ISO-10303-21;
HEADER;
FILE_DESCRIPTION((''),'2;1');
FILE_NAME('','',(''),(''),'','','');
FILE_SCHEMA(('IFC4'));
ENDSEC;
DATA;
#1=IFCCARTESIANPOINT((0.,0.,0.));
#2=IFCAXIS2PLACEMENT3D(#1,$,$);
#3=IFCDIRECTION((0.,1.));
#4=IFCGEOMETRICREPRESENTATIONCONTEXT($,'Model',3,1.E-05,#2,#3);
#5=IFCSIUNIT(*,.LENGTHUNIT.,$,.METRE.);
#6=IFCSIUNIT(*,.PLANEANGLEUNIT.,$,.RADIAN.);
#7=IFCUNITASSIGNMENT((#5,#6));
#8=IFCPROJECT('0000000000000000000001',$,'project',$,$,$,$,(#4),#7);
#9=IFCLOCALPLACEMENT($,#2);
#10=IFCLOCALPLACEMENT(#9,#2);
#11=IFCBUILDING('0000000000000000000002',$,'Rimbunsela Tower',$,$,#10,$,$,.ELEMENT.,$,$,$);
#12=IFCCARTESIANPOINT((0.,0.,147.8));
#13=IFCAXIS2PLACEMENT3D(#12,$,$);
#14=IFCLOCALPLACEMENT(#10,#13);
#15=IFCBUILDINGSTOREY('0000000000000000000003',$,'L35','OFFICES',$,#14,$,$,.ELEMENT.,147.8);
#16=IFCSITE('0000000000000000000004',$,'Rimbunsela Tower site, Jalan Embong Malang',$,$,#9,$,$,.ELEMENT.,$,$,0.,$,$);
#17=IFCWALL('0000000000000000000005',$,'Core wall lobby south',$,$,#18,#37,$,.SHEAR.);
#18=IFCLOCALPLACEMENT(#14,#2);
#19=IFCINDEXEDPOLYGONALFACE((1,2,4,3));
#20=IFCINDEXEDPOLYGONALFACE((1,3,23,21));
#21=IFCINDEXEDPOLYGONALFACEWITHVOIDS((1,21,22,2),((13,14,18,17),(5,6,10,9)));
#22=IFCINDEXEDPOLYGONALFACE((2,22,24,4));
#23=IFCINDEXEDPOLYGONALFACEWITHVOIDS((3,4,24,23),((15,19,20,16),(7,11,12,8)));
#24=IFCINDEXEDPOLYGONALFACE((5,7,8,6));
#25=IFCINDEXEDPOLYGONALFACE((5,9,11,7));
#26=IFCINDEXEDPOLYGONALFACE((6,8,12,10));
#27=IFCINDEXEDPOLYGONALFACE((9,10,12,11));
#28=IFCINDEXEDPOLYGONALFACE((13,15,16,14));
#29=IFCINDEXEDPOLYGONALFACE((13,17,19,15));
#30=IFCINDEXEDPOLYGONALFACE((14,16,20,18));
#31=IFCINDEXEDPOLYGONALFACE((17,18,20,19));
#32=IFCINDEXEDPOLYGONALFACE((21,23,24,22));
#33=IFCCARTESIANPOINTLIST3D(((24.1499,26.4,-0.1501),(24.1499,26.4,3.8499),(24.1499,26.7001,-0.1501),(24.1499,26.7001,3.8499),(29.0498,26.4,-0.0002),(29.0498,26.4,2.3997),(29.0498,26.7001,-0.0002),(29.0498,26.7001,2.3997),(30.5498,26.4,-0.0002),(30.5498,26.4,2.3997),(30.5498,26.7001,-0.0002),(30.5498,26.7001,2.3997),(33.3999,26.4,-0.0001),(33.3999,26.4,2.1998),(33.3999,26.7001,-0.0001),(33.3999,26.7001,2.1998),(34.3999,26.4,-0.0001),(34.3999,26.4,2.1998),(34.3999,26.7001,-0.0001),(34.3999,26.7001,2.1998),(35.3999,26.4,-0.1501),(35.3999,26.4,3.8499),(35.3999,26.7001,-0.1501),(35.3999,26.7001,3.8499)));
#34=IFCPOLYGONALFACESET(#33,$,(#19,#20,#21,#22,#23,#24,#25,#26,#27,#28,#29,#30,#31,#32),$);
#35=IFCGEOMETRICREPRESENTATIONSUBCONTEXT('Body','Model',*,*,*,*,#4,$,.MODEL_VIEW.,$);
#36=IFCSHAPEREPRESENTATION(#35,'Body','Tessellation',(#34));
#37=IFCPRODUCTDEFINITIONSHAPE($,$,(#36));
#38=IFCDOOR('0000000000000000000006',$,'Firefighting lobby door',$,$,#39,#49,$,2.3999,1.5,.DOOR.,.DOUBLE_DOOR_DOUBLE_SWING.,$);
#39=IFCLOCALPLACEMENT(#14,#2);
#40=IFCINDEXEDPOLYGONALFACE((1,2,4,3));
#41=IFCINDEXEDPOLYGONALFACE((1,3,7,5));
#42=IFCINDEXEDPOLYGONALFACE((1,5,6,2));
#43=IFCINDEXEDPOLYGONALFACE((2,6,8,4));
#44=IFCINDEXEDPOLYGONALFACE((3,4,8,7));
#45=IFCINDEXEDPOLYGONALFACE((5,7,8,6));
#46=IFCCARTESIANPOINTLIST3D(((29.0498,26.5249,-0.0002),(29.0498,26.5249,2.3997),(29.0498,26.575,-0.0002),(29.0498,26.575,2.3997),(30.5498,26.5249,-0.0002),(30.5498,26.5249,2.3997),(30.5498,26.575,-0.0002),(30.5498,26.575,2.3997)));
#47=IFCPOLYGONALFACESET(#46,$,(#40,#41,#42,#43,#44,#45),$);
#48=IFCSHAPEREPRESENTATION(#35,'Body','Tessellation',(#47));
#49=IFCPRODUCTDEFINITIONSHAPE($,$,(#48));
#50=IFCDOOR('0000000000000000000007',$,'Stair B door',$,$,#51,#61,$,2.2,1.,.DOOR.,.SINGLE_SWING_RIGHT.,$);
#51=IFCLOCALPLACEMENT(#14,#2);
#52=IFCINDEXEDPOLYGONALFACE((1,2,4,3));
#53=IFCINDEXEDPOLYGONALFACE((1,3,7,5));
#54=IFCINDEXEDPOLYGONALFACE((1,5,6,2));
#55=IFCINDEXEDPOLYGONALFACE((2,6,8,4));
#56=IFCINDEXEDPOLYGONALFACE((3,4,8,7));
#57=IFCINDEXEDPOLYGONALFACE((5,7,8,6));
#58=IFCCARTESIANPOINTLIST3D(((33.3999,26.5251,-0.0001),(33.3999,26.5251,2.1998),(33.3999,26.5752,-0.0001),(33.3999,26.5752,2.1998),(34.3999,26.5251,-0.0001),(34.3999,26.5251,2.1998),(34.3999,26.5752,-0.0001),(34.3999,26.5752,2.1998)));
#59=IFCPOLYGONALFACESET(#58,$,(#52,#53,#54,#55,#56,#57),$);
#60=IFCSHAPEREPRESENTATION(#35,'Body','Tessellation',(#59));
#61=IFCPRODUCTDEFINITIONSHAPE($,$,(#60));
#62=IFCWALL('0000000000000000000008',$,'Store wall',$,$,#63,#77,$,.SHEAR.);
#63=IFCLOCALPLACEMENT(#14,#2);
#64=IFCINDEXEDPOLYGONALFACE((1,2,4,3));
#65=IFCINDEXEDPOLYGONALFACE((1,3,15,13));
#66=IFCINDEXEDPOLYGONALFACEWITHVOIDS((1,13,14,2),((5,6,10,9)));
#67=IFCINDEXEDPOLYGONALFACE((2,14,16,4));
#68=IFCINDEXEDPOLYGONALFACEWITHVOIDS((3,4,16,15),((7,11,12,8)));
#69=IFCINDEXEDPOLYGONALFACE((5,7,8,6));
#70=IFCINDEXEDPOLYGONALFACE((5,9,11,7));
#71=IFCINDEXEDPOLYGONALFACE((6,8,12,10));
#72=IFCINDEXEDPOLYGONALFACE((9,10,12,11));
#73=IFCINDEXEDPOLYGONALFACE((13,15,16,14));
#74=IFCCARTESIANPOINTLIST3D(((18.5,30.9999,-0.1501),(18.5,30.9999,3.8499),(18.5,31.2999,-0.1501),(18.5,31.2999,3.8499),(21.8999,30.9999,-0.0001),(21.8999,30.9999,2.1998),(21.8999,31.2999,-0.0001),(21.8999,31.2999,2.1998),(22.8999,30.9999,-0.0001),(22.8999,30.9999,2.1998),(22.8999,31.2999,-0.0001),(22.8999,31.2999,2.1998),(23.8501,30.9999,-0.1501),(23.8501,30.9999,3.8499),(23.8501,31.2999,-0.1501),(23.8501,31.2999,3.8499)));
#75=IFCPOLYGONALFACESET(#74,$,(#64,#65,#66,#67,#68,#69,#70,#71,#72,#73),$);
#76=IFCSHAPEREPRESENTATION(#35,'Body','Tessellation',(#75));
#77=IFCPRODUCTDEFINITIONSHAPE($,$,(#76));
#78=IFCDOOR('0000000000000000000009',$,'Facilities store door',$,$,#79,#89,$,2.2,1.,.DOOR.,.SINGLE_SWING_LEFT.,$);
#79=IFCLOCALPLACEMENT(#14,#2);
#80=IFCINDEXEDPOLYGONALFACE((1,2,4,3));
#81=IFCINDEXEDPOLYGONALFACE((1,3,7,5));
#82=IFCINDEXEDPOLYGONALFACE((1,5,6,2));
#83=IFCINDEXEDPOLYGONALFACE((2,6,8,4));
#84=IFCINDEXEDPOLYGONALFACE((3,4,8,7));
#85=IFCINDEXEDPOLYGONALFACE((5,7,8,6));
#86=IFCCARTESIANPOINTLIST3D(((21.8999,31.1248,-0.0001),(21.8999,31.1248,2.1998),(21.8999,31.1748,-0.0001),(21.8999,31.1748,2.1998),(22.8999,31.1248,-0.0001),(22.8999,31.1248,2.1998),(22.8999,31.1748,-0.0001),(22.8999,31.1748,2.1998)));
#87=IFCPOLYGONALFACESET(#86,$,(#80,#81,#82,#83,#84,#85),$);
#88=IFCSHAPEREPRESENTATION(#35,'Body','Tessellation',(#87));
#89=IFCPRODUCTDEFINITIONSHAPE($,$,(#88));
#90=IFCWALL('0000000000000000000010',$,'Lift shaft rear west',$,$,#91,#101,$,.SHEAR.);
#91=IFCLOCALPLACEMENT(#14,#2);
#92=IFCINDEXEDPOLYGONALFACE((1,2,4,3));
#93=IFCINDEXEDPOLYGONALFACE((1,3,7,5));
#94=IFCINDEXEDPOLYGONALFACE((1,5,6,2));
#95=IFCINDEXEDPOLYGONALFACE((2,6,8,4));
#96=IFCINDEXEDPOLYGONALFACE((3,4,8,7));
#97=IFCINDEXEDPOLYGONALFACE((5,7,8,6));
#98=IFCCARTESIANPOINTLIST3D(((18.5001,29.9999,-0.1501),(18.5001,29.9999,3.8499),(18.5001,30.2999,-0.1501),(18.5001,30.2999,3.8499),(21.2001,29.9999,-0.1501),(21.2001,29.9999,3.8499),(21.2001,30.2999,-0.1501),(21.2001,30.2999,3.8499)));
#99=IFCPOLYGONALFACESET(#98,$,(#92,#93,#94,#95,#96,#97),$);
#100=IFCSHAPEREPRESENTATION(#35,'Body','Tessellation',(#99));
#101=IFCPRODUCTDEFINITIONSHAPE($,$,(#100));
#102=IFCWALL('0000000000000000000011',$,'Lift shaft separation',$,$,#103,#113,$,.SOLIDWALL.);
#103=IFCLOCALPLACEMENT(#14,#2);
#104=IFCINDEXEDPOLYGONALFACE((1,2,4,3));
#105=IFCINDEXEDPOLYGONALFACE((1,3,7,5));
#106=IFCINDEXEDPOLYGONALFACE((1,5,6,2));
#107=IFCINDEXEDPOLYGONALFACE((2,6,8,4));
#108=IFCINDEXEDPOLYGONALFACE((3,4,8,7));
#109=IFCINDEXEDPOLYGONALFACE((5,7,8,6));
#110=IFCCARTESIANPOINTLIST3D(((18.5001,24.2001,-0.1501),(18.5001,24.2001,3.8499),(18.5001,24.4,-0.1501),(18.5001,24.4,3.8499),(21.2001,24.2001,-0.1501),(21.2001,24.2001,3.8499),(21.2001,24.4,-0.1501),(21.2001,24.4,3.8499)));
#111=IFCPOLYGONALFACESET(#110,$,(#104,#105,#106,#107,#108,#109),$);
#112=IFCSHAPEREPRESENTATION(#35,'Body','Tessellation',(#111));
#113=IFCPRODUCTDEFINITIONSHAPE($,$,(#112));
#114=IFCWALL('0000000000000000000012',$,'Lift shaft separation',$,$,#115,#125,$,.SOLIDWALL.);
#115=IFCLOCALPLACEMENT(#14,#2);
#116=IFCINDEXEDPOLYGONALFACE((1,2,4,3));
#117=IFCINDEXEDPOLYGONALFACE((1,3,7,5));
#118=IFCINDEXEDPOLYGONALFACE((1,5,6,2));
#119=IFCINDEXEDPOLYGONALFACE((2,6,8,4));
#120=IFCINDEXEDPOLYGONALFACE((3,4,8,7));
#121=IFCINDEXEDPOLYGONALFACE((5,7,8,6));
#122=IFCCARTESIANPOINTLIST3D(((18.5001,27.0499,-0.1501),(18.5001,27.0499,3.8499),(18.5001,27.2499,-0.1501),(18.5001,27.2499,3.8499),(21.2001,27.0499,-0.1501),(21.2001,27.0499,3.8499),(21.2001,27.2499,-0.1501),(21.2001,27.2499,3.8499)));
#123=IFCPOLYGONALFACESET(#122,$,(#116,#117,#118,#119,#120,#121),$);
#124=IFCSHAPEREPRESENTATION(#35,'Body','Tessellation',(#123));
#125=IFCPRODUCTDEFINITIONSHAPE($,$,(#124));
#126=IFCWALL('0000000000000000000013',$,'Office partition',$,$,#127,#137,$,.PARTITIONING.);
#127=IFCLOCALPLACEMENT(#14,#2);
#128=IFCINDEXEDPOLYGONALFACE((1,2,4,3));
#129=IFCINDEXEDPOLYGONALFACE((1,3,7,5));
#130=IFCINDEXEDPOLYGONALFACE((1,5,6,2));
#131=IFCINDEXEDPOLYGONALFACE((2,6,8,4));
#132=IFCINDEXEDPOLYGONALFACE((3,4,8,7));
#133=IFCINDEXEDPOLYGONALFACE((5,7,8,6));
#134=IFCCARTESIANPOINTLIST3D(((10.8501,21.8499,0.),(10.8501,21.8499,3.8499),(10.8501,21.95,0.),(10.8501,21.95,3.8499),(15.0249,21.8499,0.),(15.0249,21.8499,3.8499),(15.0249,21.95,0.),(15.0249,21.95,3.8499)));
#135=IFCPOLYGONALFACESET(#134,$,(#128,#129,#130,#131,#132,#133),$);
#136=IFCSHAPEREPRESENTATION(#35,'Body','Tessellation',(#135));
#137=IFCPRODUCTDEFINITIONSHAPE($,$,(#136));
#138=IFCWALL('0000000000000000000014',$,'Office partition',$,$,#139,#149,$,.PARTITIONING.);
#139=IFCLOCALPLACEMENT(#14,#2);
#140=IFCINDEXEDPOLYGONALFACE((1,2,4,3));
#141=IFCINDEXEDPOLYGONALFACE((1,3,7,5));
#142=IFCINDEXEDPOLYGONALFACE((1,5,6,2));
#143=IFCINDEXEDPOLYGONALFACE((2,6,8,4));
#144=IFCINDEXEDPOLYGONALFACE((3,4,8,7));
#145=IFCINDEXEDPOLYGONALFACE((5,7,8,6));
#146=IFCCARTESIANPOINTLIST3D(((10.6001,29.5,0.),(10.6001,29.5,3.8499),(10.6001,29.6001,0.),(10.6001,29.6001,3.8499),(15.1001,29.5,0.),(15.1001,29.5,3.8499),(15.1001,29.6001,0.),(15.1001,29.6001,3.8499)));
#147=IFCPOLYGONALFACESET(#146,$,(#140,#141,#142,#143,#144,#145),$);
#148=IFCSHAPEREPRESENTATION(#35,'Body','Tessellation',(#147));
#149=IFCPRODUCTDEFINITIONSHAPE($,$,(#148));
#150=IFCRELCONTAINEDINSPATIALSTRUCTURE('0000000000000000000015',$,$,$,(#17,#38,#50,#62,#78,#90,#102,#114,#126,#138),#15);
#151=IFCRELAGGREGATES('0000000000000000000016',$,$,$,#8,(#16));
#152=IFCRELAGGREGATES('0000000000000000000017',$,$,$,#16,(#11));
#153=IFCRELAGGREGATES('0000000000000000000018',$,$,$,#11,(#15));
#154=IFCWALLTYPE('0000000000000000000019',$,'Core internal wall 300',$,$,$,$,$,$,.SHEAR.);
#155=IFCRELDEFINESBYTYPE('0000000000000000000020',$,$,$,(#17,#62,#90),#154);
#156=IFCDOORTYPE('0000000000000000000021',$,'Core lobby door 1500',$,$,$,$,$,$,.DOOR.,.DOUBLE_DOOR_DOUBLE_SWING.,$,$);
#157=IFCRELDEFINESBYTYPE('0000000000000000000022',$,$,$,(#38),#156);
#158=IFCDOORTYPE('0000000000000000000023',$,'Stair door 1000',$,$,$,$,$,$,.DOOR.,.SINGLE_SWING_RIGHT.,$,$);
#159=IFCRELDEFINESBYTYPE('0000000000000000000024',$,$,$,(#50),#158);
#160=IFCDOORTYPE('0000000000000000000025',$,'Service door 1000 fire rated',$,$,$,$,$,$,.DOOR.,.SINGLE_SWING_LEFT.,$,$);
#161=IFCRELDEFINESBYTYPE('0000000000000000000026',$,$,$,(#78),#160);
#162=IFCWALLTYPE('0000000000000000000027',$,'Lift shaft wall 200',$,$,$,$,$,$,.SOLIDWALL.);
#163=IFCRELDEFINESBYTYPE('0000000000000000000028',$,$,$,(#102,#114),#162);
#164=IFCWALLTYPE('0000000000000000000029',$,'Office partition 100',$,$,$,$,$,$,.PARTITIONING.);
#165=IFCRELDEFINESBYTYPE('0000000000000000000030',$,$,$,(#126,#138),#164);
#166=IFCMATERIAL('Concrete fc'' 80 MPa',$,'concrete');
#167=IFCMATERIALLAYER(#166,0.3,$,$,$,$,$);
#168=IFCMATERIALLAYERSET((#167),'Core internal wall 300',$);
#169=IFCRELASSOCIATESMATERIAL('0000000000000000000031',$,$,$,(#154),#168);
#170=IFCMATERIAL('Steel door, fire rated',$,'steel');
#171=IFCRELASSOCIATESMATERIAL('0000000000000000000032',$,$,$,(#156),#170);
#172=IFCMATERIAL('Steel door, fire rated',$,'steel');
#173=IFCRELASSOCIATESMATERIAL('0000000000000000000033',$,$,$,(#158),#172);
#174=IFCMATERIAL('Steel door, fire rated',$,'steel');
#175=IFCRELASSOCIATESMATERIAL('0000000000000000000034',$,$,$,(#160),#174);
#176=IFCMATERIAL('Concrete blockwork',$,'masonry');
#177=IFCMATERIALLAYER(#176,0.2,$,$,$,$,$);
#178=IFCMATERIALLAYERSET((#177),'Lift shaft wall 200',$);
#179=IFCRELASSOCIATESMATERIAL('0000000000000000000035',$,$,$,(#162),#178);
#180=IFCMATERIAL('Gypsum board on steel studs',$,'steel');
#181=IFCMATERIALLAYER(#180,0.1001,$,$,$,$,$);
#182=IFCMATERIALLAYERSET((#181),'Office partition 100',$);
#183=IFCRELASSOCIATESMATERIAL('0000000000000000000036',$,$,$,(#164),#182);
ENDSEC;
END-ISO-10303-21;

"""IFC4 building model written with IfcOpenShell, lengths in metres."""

from ifc_helpers import new_model, si_unit, direction, frame, frame_2d, origin, place, context, subcontext, project, spatial, rectangle, extrude, material, layer, layer_set, type_object, element, fill, save


model = new_model("IFC4")

# Units and contexts
model_context = context("Model", 3, precision=1e-05, world=origin(), true_north=direction((0.0, 1.0)))
body_context = subcontext(model_context, "Body", "Model", "MODEL_VIEW")
ifc_project = project(units=[si_unit("LENGTHUNIT", "METRE"), si_unit("PLANEANGLEUNIT", "RADIAN")], contexts=[model_context])

# Site, building, storey
site_placement = place(None, origin())
site = spatial("IfcSite", under=ifc_project, at=site_placement, Name="Rimbunsela Tower site, Jalan Embong Malang", CompositionType="ELEMENT", RefElevation=0.0)
building_placement = place(site_placement, origin())
building = spatial("IfcBuilding", under=site, at=building_placement, Name="Rimbunsela Tower", CompositionType="ELEMENT")
storey_placement = place(building_placement, frame((0.0, 0.0, 147.8)))
storey = spatial("IfcBuildingStorey", under=building, at=storey_placement, Name="L35", Description="OFFICES", CompositionType="ELEMENT", Elevation=147.8)

# Wall, openings, doors
ifc_material_1 = material(Name="Concrete fc' 80 MPa", Category="concrete")
ifc_layer_1 = layer(ifc_material_1, 0.3)
ifc_layer_set_1 = layer_set([ifc_layer_1], Name="Core internal wall 300")
wall_type_1 = type_object("IfcWallType", Name="Core internal wall 300", PredefinedType="SHEAR", material=ifc_layer_set_1)
wall_1_placement = place(storey_placement, frame((24.1499, 26.55, -0.1501), z_axis=(0.0, 0.0, 1.0), x_axis=(1.0, 0.0, 0.0)))
wall_1 = element("IfcWall", 1, at=wall_1_placement, inside=storey, type_object=wall_type_1, Name="Core wall lobby south", PredefinedType="SHEAR", context=body_context, shape_type="SweptSolid", body=[
    extrude(rectangle(XDim=11.25, YDim=0.3, at=frame_2d((5.625, 0.0))), origin(), (0.0, 0.0, 1.0), 4.0),
])
opening_1_placement = place(wall_1_placement, frame((9.25, 0.0, 0.1499)))
opening_1 = element("IfcOpeningElement", 2, at=opening_1_placement, cuts=wall_1, PredefinedType="OPENING", context=body_context, shape_type="SweptSolid", body=[
    extrude(rectangle(XDim=1.0, YDim=2.2, at=frame_2d((0.5, 1.1001))), frame((0.0, 0.1599, 0.0), z_axis=(0.0, -1.0, 0.0), x_axis=(1.0, 0.0, 0.0)), (0.0, 0.0, 1.0), 0.3201),
])
opening_2_placement = place(wall_1_placement, frame((4.8999, 0.0, 0.1499)))
opening_2 = element("IfcOpeningElement", 3, at=opening_2_placement, cuts=wall_1, PredefinedType="OPENING", context=body_context, shape_type="SweptSolid", body=[
    extrude(rectangle(XDim=1.5, YDim=2.3999, at=frame_2d((0.75, 1.2))), frame((0.0, 0.1599, 0.0), z_axis=(0.0, -1.0, 0.0), x_axis=(1.0, 0.0, 0.0)), (0.0, 0.0, 1.0), 0.3201),
])
ifc_material_2 = material(Name="Steel door, fire rated", Category="steel")
door_type_1 = type_object("IfcDoorType", Name="Core lobby door 1500", OperationType="DOUBLE_DOOR_DOUBLE_SWING", PredefinedType="DOOR", material=ifc_material_2)
door_1_placement = place(opening_2_placement, origin())
door_1 = element("IfcDoor", 4, at=door_1_placement, inside=storey, type_object=door_type_1, Name="Firefighting lobby door", OperationType="DOUBLE_DOOR_DOUBLE_SWING", OverallHeight=2.3999, OverallWidth=1.5, PredefinedType="DOOR", context=body_context, shape_type="SweptSolid", body=[
    extrude(rectangle(XDim=1.5, YDim=2.3999, at=frame_2d((0.75, 1.2))), frame((0.0, 0.0249, 0.0), z_axis=(0.0, -1.0, 0.0), x_axis=(1.0, 0.0, 0.0)), (0.0, 0.0, 1.0), 0.05),
])
fill(opening_2, door_1)
ifc_material_3 = material(Name="Steel door, fire rated", Category="steel")
door_type_2 = type_object("IfcDoorType", Name="Stair door 1000", OperationType="SINGLE_SWING_RIGHT", PredefinedType="DOOR", material=ifc_material_3)
door_2_placement = place(opening_1_placement, frame((1.0, 0.0, 0.0), z_axis=(0.0, 0.0, 1.0), x_axis=(-1.0, 0.0, 0.0)))
door_2 = element("IfcDoor", 5, at=door_2_placement, inside=storey, type_object=door_type_2, Name="Stair B door", OperationType="SINGLE_SWING_RIGHT", OverallHeight=2.2, OverallWidth=1.0, PredefinedType="DOOR", context=body_context, shape_type="SweptSolid", body=[
    extrude(rectangle(XDim=1.0, YDim=2.2, at=frame_2d((0.5, 1.1001))), frame((0.0, 0.0249, 0.0), z_axis=(0.0, -1.0, 0.0), x_axis=(1.0, 0.0, 0.0)), (0.0, 0.0, 1.0), 0.05),
])
fill(opening_1, door_2)

# Wall, opening, door
wall_2_placement = place(storey_placement, frame((18.5, 31.1499, -0.1501), z_axis=(0.0, 0.0, 1.0), x_axis=(1.0, 0.0, 0.0)))
wall_2 = element("IfcWall", 6, at=wall_2_placement, inside=storey, type_object=wall_type_1, Name="Store wall", PredefinedType="SHEAR", context=body_context, shape_type="SweptSolid", body=[
    extrude(rectangle(XDim=5.3501, YDim=0.3, at=frame_2d((2.675, 0.0))), origin(), (0.0, 0.0, 1.0), 4.0),
])
opening_3_placement = place(wall_2_placement, frame((3.3999, 0.0, 0.1499)))
opening_3 = element("IfcOpeningElement", 7, at=opening_3_placement, cuts=wall_2, PredefinedType="OPENING", context=body_context, shape_type="SweptSolid", body=[
    extrude(rectangle(XDim=1.0, YDim=2.2, at=frame_2d((0.5, 1.1001))), frame((0.0, 0.1599, 0.0), z_axis=(0.0, -1.0, 0.0), x_axis=(1.0, 0.0, 0.0)), (0.0, 0.0, 1.0), 0.3201),
])
ifc_material_4 = material(Name="Steel door, fire rated", Category="steel")
door_type_3 = type_object("IfcDoorType", Name="Service door 1000 fire rated", OperationType="SINGLE_SWING_LEFT", PredefinedType="DOOR", material=ifc_material_4)
door_3_placement = place(opening_3_placement, origin())
door_3 = element("IfcDoor", 8, at=door_3_placement, inside=storey, type_object=door_type_3, Name="Facilities store door", OperationType="SINGLE_SWING_LEFT", OverallHeight=2.2, OverallWidth=1.0, PredefinedType="DOOR", context=body_context, shape_type="SweptSolid", body=[
    extrude(rectangle(XDim=1.0, YDim=2.2, at=frame_2d((0.5, 1.1001))), frame((0.0, 0.0249, 0.0), z_axis=(0.0, -1.0, 0.0), x_axis=(1.0, 0.0, 0.0)), (0.0, 0.0, 1.0), 0.05),
])
fill(opening_3, door_3)

# Walls
wall_3_placement = place(storey_placement, frame((18.5, 30.1499, -0.1501), z_axis=(0.0, 0.0, 1.0), x_axis=(1.0, 0.0, 0.0)))
element("IfcWall", 9, at=wall_3_placement, inside=storey, type_object=wall_type_1, Name="Lift shaft rear west", PredefinedType="SHEAR", context=body_context, shape_type="SweptSolid", body=[
    extrude(rectangle(XDim=2.7, YDim=0.3, at=frame_2d((1.3501, 0.0))), origin(), (0.0, 0.0, 1.0), 4.0),
])
ifc_material_5 = material(Name="Concrete blockwork", Category="masonry")
ifc_layer_2 = layer(ifc_material_5, 0.2)
ifc_layer_set_2 = layer_set([ifc_layer_2], Name="Lift shaft wall 200")
wall_type_2 = type_object("IfcWallType", Name="Lift shaft wall 200", PredefinedType="SOLIDWALL", material=ifc_layer_set_2)
for number, where, z_axis, x_axis, name in (
    (10, (18.5, 24.3, -0.1501), (0.0, 0.0, 1.0), (1.0, 0.0, 0.0), "Lift shaft separation"),
    (11, (18.5, 27.1499, -0.1501), (0.0, 0.0, 1.0), (1.0, 0.0, 0.0), "Lift shaft separation"),
):
    element("IfcWall", number, at=place(storey_placement, frame(where, z_axis=z_axis, x_axis=x_axis)), inside=storey, type_object=wall_type_2, Name=name, PredefinedType="SOLIDWALL", context=body_context, shape_type="SweptSolid", body=[
        extrude(rectangle(XDim=2.7, YDim=0.2, at=frame_2d((1.3501, 0.0))), origin(), (0.0, 0.0, 1.0), 4.0),
    ])
ifc_material_6 = material(Name="Gypsum board on steel studs", Category="steel")
ifc_layer_3 = layer(ifc_material_6, 0.1001)
ifc_layer_set_3 = layer_set([ifc_layer_3], Name="Office partition 100")
wall_type_3 = type_object("IfcWallType", Name="Office partition 100", PredefinedType="PARTITIONING", material=ifc_layer_set_3)
wall_4_placement = place(storey_placement, frame((10.8501, 21.8999, 0.0), z_axis=(0.0, 0.0, 1.0), x_axis=(1.0, 0.0, 0.0)))
element("IfcWall", 12, at=wall_4_placement, inside=storey, type_object=wall_type_3, Name="Office partition", PredefinedType="PARTITIONING", context=body_context, shape_type="SweptSolid", body=[
    extrude(rectangle(XDim=4.1748, YDim=0.1001, at=frame_2d((2.0874, 0.0))), origin(), (0.0, 0.0, 1.0), 3.8499),
])
wall_5_placement = place(storey_placement, frame((15.1001, 29.55, 0.0), z_axis=(0.0, 0.0, 1.0), x_axis=(-1.0, 0.0, 0.0)))
element("IfcWall", 13, at=wall_5_placement, inside=storey, type_object=wall_type_3, Name="Office partition", PredefinedType="PARTITIONING", context=body_context, shape_type="SweptSolid", body=[
    extrude(rectangle(XDim=4.5, YDim=0.1001, at=frame_2d((2.25, 0.0))), origin(), (0.0, 0.0, 1.0), 3.8499),
])

save(model, "model.ifc")
